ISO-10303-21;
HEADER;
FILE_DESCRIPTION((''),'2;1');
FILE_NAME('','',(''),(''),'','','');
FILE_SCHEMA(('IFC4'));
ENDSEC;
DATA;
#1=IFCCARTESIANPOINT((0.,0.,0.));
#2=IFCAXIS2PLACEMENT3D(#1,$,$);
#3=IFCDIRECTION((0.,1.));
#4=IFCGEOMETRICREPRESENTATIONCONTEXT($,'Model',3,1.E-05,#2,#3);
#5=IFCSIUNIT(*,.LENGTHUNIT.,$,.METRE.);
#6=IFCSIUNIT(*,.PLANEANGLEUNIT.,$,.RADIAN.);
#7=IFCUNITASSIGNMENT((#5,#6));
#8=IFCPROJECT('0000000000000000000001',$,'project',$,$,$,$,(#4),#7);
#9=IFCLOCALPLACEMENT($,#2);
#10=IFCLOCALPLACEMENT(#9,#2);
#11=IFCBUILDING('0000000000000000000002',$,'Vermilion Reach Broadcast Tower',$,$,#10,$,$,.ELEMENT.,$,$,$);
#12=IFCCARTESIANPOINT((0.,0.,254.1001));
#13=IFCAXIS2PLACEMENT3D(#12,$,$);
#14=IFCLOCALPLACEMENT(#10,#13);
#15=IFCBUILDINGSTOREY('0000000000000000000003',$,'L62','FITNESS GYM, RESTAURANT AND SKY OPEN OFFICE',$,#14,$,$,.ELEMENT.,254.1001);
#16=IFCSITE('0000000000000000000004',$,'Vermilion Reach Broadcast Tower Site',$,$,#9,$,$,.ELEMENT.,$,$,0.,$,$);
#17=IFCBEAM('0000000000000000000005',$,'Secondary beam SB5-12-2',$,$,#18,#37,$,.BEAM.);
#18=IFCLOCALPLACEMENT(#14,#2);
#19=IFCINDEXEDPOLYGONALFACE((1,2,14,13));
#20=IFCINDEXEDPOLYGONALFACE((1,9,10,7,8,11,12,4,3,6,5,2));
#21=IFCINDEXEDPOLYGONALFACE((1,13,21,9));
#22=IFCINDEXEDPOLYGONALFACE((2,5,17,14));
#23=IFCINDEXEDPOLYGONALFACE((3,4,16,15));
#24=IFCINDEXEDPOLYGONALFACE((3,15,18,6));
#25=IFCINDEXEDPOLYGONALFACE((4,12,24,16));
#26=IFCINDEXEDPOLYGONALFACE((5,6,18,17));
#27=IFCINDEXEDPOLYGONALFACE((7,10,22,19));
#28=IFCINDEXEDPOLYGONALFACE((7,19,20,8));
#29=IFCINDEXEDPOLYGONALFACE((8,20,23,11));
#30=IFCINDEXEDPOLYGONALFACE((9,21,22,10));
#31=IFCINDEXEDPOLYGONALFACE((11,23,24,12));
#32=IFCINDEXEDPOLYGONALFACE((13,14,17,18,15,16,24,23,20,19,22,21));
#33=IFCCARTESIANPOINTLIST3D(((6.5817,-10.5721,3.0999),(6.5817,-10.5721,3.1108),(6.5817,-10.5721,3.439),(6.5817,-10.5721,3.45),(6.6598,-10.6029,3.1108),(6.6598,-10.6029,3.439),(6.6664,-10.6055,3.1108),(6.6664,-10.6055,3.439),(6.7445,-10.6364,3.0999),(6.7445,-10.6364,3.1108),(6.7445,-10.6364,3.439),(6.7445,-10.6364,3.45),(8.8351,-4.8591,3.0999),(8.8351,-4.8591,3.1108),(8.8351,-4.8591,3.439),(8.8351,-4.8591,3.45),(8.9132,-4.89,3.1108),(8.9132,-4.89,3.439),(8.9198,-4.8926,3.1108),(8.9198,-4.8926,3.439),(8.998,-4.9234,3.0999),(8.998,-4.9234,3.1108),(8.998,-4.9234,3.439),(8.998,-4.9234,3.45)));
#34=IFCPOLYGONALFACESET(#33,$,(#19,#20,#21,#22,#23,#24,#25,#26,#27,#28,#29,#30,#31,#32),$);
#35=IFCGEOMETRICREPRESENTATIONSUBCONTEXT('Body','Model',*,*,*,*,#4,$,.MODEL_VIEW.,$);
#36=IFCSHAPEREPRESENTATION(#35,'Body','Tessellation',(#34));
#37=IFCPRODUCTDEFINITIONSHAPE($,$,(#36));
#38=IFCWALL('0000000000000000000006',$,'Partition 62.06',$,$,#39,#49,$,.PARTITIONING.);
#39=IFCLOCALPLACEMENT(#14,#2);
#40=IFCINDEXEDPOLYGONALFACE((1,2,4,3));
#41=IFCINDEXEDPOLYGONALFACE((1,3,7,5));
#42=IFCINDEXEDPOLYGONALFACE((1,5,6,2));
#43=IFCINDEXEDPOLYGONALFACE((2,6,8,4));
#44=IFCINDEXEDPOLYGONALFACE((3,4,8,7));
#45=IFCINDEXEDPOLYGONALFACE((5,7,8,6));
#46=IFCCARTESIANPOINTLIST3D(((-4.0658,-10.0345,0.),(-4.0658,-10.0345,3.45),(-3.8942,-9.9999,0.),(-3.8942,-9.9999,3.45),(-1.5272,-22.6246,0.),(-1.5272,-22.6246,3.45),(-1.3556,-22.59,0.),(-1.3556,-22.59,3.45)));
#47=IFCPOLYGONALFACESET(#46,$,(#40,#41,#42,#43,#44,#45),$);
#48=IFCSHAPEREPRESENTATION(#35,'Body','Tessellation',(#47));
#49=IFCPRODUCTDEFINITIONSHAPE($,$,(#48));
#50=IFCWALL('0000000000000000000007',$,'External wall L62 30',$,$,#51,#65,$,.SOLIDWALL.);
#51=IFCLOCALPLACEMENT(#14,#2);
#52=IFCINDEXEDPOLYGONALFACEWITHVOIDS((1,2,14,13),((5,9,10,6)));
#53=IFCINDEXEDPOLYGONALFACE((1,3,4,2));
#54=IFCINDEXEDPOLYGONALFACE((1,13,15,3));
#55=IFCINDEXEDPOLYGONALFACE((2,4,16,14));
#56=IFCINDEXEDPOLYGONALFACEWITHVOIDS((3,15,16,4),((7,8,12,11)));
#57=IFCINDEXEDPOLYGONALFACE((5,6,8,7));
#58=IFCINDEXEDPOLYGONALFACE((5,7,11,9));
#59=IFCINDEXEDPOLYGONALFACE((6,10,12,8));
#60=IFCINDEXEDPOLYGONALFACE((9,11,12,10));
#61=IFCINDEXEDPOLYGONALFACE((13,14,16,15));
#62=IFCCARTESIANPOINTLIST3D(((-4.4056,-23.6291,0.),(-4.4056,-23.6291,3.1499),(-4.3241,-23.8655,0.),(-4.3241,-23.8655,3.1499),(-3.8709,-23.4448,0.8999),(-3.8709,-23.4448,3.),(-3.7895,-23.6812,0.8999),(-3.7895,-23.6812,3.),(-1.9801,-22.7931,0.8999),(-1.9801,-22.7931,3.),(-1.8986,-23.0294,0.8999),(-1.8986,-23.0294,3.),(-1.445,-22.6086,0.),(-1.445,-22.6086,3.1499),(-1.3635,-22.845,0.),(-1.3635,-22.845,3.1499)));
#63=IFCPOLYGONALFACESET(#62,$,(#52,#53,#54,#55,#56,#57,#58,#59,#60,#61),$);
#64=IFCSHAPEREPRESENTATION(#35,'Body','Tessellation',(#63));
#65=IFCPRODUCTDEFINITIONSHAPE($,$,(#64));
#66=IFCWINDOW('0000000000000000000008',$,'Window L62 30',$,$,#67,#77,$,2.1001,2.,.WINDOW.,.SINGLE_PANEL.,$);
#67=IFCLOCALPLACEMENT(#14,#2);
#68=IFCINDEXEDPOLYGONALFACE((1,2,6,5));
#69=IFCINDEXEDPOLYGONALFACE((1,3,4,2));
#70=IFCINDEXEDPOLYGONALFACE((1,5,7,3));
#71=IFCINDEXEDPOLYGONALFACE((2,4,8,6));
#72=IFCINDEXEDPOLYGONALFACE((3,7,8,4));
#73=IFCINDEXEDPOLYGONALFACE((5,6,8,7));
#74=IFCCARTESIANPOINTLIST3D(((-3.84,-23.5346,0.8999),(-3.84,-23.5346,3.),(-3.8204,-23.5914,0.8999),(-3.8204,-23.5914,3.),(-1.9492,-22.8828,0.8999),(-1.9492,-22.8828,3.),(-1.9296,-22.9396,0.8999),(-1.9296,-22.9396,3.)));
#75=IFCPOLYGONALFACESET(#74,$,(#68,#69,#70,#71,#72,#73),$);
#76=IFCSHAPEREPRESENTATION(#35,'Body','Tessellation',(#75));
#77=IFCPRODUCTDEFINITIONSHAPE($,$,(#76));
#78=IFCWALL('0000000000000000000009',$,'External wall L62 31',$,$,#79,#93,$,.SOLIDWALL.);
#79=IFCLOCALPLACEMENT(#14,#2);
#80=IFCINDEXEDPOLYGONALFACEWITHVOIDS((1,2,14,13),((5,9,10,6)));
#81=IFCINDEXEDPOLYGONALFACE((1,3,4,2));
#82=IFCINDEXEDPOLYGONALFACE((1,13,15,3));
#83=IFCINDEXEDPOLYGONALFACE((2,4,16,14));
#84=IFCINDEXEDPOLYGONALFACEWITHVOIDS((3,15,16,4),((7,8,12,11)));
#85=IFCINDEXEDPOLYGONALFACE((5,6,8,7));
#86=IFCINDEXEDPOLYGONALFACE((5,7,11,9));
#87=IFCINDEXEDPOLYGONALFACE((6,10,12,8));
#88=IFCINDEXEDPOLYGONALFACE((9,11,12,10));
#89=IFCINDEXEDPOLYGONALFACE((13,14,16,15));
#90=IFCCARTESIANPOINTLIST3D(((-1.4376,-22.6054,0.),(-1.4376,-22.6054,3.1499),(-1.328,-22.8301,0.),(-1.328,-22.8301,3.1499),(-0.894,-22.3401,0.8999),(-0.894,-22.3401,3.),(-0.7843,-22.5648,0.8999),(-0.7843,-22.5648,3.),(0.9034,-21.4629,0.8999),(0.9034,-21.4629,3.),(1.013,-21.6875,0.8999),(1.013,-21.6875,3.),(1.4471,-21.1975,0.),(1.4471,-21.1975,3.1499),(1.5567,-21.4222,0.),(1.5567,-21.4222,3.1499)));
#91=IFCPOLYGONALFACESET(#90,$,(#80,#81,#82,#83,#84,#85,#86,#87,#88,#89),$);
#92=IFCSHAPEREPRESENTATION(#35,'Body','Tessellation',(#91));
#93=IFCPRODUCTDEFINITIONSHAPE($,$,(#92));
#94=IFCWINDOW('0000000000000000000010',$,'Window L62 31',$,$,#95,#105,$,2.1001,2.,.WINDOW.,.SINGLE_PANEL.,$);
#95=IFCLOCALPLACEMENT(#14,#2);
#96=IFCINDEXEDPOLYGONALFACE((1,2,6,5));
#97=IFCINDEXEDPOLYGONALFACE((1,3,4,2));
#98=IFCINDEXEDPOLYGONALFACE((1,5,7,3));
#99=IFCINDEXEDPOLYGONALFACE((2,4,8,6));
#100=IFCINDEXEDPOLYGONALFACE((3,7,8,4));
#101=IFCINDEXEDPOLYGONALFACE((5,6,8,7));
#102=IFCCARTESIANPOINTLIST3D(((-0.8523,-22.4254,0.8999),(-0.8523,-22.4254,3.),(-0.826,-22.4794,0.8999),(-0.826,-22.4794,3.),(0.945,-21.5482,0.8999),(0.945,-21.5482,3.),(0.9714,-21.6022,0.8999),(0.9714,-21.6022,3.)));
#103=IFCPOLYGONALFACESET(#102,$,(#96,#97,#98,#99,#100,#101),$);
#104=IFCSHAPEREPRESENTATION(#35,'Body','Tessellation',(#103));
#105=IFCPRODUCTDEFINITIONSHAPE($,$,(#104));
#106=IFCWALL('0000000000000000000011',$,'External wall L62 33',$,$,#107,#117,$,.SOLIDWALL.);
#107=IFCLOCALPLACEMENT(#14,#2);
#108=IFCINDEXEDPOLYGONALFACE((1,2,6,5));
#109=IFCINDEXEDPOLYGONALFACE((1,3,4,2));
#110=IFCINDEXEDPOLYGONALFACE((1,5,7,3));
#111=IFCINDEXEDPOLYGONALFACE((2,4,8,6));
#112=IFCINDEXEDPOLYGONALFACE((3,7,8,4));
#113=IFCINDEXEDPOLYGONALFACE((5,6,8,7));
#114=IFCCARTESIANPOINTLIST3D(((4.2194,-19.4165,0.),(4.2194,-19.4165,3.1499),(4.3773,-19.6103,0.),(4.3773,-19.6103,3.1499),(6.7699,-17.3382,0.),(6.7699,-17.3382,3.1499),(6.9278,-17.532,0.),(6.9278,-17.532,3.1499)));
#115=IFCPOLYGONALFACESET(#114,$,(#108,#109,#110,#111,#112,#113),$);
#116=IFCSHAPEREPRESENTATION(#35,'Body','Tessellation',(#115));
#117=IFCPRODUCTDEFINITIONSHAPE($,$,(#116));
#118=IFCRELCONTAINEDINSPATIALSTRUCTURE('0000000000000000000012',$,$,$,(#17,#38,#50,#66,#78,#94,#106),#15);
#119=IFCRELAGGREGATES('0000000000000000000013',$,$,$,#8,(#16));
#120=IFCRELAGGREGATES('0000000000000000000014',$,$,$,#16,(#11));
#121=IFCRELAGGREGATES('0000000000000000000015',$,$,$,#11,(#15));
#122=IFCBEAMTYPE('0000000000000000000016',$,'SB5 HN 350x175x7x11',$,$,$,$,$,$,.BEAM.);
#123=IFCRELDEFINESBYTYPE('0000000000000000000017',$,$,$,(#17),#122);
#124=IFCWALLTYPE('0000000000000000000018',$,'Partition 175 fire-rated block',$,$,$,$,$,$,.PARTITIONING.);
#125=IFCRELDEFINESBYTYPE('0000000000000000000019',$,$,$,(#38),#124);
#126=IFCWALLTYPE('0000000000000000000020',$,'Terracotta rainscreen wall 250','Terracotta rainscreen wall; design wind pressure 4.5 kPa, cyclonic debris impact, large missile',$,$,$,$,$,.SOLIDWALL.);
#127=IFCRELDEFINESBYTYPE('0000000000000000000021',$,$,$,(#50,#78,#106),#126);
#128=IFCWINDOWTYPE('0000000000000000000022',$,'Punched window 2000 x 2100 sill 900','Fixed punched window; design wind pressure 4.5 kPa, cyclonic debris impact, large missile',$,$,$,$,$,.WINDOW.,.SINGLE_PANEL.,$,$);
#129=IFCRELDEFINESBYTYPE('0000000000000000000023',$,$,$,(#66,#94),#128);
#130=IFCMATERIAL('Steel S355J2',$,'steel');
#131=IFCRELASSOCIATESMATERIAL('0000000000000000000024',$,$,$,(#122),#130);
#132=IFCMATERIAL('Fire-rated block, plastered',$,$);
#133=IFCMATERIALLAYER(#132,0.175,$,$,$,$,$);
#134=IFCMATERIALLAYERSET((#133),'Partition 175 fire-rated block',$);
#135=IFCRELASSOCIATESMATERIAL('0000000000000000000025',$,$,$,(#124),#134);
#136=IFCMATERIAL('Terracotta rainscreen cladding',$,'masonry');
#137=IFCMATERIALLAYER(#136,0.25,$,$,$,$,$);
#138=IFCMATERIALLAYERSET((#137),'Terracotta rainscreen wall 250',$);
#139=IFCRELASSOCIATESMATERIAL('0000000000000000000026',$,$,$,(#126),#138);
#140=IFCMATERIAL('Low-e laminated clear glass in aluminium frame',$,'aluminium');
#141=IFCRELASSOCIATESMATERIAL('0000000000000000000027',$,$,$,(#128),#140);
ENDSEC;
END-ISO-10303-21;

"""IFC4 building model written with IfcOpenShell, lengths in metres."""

from ifc_helpers import new_model, si_unit, direction, frame, frame_2d, origin, origin_2d, place, context, subcontext, project, spatial, rectangle, i_section, extrude, material, layer, layer_set, material_profile, profile_set, type_object, element, fill, save


model = new_model("IFC4")

# Units and contexts
model_context = context("Model", 3, precision=1e-05, world=origin(), true_north=direction((0.0, 1.0)))
body_context = subcontext(model_context, "Body", "Model", "MODEL_VIEW")
ifc_project = project(units=[si_unit("LENGTHUNIT", "METRE"), si_unit("PLANEANGLEUNIT", "RADIAN")], contexts=[model_context])

# Site, building, storey
site_placement = place(None, origin())
site = spatial("IfcSite", under=ifc_project, at=site_placement, Name="Vermilion Reach Broadcast Tower Site", CompositionType="ELEMENT", RefElevation=0.0)
building_placement = place(site_placement, origin())
building = spatial("IfcBuilding", under=site, at=building_placement, Name="Vermilion Reach Broadcast Tower", CompositionType="ELEMENT")
storey_placement = place(building_placement, frame((0.0, 0.0, 254.1001)))
storey = spatial("IfcBuildingStorey", under=building, at=storey_placement, Name="L62", Description="FITNESS GYM, RESTAURANT AND SKY OPEN OFFICE", CompositionType="ELEMENT", Elevation=254.1001)

# Beam
ifc_material_1 = material(Name="Steel S355J2", Category="steel")
ifc_material_profile_1 = material_profile(ifc_material_1, i_section(OverallWidth=0.175, OverallDepth=0.3501, WebThickness=0.0071, FlangeThickness=0.011, at=origin_2d()), Name="S355J2 HN 350x175x7x11")
ifc_profile_set_1 = profile_set([ifc_material_profile_1], Name="Steel S355J2")
beam_type_1 = type_object("IfcBeamType", Name="SB5 HN 350x175x7x11", PredefinedType="BEAM", material=ifc_profile_set_1)
beam_1_placement = place(storey_placement, frame((6.6631, -10.6042, 3.2749), z_axis=(0.366931, 0.930248, 0.0), x_axis=(-0.930248, 0.366931, 0.0)))
element("IfcBeam", 1, at=beam_1_placement, inside=storey, type_object=beam_type_1, Name="Secondary beam SB5-12-2", PredefinedType="BEAM", context=body_context, shape_type="SweptSolid", body=[
    extrude(i_section(OverallWidth=0.175, OverallDepth=0.3501, WebThickness=0.0071, FlangeThickness=0.011, at=origin_2d()), origin(), (0.0, 0.0, 1.0), 6.1414),
])

# Wall
ifc_material_2 = material(Name="Fire-rated block, plastered")
ifc_layer_1 = layer(ifc_material_2, 0.175)
ifc_layer_set_1 = layer_set([ifc_layer_1], Name="Partition 175 fire-rated block")
wall_type_1 = type_object("IfcWallType", Name="Partition 175 fire-rated block", PredefinedType="PARTITIONING", material=ifc_layer_set_1)
wall_1_placement = place(storey_placement, frame((-1.4414, -22.6074, 0.0), z_axis=(0.0, 0.0, 1.0), x_axis=(-0.197655, 0.980272, 0.0)))
element("IfcWall", 2, at=wall_1_placement, inside=storey, type_object=wall_type_1, Name="Partition 62.06", PredefinedType="PARTITIONING", context=body_context, shape_type="SweptSolid", body=[
    extrude(rectangle(XDim=12.8435, YDim=0.175, at=frame_2d((6.4219, 0.0))), origin(), (0.0, 0.0, 1.0), 3.45),
])

# Walls, openings, windows
ifc_material_3 = material(Name="Terracotta rainscreen cladding", Category="masonry")
ifc_layer_2 = layer(ifc_material_3, 0.25)
ifc_layer_set_2 = layer_set([ifc_layer_2], Name="Terracotta rainscreen wall 250")
wall_type_2 = type_object("IfcWallType", Name="Terracotta rainscreen wall 250", Description="Terracotta rainscreen wall; design wind pressure 4.5 kPa, cyclonic debris impact, large missile", PredefinedType="SOLIDWALL", material=ifc_layer_set_2)
wall_2_placement = place(storey_placement, frame((-4.365, -23.7473, 0.0), z_axis=(0.0, 0.0, 1.0), x_axis=(0.945414, 0.325871, 0.0)))
wall_2 = element("IfcWall", 3, at=wall_2_placement, inside=storey, type_object=wall_type_2, Name="External wall L62 30", PredefinedType="SOLIDWALL", context=body_context, shape_type="SweptSolid", body=[
    extrude(rectangle(XDim=3.1316, YDim=0.25, at=frame_2d((1.5659, 0.0))), origin(), (0.0, 0.0, 1.0), 3.1499),
])
opening_1_placement = place(wall_2_placement, frame((0.5657, 0.0, 0.8999)))
opening_1 = element("IfcOpeningElement", 4, at=opening_1_placement, cuts=wall_2, PredefinedType="OPENING", context=body_context, shape_type="SweptSolid", body=[
    extrude(rectangle(XDim=2.0, YDim=2.1001, at=frame_2d((1.0, 1.05))), frame((0.0, 0.135, 0.0), z_axis=(0.0, -1.0, 0.0), x_axis=(1.0, 0.0, 0.0)), (0.0, 0.0, 1.0), 0.27),
])
ifc_material_4 = material(Name="Low-e laminated clear glass in aluminium frame", Category="aluminium")
window_type = type_object("IfcWindowType", Name="Punched window 2000 x 2100 sill 900", Description="Fixed punched window; design wind pressure 4.5 kPa, cyclonic debris impact, large missile", PartitioningType="SINGLE_PANEL", PredefinedType="WINDOW", material=ifc_material_4)
window_1_placement = place(opening_1_placement, origin())
window_1 = element("IfcWindow", 5, at=window_1_placement, inside=storey, type_object=window_type, Name="Window L62 30", OverallHeight=2.1001, OverallWidth=2.0, PartitioningType="SINGLE_PANEL", PredefinedType="WINDOW", context=body_context, shape_type="SweptSolid", body=[
    extrude(rectangle(XDim=2.0, YDim=2.1001, at=frame_2d((1.0, 1.05))), frame((0.0, 0.03, 0.0), z_axis=(0.0, -1.0, 0.0), x_axis=(1.0, 0.0, 0.0)), (0.0, 0.0, 1.0), 0.0601),
])
fill(opening_1, window_1)
wall_3_placement = place(storey_placement, frame((-1.3828, -22.7178, 0.0), z_axis=(0.0, 0.0, 1.0), x_axis=(0.898676, 0.438614, 0.0)))
wall_3 = element("IfcWall", 6, at=wall_3_placement, inside=storey, type_object=wall_type_2, Name="External wall L62 31", PredefinedType="SOLIDWALL", context=body_context, shape_type="SweptSolid", body=[
    extrude(rectangle(XDim=3.21, YDim=0.25, at=frame_2d((1.605, 0.0))), origin(), (0.0, 0.0, 1.0), 3.1499),
])
opening_2_placement = place(wall_3_placement, frame((0.605, 0.0, 0.8999)))
opening_2 = element("IfcOpeningElement", 7, at=opening_2_placement, cuts=wall_3, PredefinedType="OPENING", context=body_context, shape_type="SweptSolid", body=[
    extrude(rectangle(XDim=2.0, YDim=2.1001, at=frame_2d((1.0, 1.05))), frame((0.0, 0.135, 0.0), z_axis=(0.0, -1.0, 0.0), x_axis=(1.0, 0.0, 0.0)), (0.0, 0.0, 1.0), 0.27),
])
window_2_placement = place(opening_2_placement, origin())
window_2 = element("IfcWindow", 8, at=window_2_placement, inside=storey, type_object=window_type, Name="Window L62 31", OverallHeight=2.1001, OverallWidth=2.0, PartitioningType="SINGLE_PANEL", PredefinedType="WINDOW", context=body_context, shape_type="SweptSolid", body=[
    extrude(rectangle(XDim=2.0, YDim=2.1001, at=frame_2d((1.0, 1.05))), frame((0.0, 0.03, 0.0), z_axis=(0.0, -1.0, 0.0), x_axis=(1.0, 0.0, 0.0)), (0.0, 0.0, 1.0), 0.0601),
])
fill(opening_2, window_2)

# Wall
wall_4_placement = place(storey_placement, frame((4.2983, -19.5134, 0.0), z_axis=(0.0, 0.0, 1.0), x_axis=(0.775212, 0.631701, 0.0)))
element("IfcWall", 9, at=wall_4_placement, inside=storey, type_object=wall_type_2, Name="External wall L62 33", PredefinedType="SOLIDWALL", context=body_context, shape_type="SweptSolid", body=[
    extrude(rectangle(XDim=3.29, YDim=0.25, at=frame_2d((1.645, 0.0))), origin(), (0.0, 0.0, 1.0), 3.1499),
])

save(model, "model.ifc")
